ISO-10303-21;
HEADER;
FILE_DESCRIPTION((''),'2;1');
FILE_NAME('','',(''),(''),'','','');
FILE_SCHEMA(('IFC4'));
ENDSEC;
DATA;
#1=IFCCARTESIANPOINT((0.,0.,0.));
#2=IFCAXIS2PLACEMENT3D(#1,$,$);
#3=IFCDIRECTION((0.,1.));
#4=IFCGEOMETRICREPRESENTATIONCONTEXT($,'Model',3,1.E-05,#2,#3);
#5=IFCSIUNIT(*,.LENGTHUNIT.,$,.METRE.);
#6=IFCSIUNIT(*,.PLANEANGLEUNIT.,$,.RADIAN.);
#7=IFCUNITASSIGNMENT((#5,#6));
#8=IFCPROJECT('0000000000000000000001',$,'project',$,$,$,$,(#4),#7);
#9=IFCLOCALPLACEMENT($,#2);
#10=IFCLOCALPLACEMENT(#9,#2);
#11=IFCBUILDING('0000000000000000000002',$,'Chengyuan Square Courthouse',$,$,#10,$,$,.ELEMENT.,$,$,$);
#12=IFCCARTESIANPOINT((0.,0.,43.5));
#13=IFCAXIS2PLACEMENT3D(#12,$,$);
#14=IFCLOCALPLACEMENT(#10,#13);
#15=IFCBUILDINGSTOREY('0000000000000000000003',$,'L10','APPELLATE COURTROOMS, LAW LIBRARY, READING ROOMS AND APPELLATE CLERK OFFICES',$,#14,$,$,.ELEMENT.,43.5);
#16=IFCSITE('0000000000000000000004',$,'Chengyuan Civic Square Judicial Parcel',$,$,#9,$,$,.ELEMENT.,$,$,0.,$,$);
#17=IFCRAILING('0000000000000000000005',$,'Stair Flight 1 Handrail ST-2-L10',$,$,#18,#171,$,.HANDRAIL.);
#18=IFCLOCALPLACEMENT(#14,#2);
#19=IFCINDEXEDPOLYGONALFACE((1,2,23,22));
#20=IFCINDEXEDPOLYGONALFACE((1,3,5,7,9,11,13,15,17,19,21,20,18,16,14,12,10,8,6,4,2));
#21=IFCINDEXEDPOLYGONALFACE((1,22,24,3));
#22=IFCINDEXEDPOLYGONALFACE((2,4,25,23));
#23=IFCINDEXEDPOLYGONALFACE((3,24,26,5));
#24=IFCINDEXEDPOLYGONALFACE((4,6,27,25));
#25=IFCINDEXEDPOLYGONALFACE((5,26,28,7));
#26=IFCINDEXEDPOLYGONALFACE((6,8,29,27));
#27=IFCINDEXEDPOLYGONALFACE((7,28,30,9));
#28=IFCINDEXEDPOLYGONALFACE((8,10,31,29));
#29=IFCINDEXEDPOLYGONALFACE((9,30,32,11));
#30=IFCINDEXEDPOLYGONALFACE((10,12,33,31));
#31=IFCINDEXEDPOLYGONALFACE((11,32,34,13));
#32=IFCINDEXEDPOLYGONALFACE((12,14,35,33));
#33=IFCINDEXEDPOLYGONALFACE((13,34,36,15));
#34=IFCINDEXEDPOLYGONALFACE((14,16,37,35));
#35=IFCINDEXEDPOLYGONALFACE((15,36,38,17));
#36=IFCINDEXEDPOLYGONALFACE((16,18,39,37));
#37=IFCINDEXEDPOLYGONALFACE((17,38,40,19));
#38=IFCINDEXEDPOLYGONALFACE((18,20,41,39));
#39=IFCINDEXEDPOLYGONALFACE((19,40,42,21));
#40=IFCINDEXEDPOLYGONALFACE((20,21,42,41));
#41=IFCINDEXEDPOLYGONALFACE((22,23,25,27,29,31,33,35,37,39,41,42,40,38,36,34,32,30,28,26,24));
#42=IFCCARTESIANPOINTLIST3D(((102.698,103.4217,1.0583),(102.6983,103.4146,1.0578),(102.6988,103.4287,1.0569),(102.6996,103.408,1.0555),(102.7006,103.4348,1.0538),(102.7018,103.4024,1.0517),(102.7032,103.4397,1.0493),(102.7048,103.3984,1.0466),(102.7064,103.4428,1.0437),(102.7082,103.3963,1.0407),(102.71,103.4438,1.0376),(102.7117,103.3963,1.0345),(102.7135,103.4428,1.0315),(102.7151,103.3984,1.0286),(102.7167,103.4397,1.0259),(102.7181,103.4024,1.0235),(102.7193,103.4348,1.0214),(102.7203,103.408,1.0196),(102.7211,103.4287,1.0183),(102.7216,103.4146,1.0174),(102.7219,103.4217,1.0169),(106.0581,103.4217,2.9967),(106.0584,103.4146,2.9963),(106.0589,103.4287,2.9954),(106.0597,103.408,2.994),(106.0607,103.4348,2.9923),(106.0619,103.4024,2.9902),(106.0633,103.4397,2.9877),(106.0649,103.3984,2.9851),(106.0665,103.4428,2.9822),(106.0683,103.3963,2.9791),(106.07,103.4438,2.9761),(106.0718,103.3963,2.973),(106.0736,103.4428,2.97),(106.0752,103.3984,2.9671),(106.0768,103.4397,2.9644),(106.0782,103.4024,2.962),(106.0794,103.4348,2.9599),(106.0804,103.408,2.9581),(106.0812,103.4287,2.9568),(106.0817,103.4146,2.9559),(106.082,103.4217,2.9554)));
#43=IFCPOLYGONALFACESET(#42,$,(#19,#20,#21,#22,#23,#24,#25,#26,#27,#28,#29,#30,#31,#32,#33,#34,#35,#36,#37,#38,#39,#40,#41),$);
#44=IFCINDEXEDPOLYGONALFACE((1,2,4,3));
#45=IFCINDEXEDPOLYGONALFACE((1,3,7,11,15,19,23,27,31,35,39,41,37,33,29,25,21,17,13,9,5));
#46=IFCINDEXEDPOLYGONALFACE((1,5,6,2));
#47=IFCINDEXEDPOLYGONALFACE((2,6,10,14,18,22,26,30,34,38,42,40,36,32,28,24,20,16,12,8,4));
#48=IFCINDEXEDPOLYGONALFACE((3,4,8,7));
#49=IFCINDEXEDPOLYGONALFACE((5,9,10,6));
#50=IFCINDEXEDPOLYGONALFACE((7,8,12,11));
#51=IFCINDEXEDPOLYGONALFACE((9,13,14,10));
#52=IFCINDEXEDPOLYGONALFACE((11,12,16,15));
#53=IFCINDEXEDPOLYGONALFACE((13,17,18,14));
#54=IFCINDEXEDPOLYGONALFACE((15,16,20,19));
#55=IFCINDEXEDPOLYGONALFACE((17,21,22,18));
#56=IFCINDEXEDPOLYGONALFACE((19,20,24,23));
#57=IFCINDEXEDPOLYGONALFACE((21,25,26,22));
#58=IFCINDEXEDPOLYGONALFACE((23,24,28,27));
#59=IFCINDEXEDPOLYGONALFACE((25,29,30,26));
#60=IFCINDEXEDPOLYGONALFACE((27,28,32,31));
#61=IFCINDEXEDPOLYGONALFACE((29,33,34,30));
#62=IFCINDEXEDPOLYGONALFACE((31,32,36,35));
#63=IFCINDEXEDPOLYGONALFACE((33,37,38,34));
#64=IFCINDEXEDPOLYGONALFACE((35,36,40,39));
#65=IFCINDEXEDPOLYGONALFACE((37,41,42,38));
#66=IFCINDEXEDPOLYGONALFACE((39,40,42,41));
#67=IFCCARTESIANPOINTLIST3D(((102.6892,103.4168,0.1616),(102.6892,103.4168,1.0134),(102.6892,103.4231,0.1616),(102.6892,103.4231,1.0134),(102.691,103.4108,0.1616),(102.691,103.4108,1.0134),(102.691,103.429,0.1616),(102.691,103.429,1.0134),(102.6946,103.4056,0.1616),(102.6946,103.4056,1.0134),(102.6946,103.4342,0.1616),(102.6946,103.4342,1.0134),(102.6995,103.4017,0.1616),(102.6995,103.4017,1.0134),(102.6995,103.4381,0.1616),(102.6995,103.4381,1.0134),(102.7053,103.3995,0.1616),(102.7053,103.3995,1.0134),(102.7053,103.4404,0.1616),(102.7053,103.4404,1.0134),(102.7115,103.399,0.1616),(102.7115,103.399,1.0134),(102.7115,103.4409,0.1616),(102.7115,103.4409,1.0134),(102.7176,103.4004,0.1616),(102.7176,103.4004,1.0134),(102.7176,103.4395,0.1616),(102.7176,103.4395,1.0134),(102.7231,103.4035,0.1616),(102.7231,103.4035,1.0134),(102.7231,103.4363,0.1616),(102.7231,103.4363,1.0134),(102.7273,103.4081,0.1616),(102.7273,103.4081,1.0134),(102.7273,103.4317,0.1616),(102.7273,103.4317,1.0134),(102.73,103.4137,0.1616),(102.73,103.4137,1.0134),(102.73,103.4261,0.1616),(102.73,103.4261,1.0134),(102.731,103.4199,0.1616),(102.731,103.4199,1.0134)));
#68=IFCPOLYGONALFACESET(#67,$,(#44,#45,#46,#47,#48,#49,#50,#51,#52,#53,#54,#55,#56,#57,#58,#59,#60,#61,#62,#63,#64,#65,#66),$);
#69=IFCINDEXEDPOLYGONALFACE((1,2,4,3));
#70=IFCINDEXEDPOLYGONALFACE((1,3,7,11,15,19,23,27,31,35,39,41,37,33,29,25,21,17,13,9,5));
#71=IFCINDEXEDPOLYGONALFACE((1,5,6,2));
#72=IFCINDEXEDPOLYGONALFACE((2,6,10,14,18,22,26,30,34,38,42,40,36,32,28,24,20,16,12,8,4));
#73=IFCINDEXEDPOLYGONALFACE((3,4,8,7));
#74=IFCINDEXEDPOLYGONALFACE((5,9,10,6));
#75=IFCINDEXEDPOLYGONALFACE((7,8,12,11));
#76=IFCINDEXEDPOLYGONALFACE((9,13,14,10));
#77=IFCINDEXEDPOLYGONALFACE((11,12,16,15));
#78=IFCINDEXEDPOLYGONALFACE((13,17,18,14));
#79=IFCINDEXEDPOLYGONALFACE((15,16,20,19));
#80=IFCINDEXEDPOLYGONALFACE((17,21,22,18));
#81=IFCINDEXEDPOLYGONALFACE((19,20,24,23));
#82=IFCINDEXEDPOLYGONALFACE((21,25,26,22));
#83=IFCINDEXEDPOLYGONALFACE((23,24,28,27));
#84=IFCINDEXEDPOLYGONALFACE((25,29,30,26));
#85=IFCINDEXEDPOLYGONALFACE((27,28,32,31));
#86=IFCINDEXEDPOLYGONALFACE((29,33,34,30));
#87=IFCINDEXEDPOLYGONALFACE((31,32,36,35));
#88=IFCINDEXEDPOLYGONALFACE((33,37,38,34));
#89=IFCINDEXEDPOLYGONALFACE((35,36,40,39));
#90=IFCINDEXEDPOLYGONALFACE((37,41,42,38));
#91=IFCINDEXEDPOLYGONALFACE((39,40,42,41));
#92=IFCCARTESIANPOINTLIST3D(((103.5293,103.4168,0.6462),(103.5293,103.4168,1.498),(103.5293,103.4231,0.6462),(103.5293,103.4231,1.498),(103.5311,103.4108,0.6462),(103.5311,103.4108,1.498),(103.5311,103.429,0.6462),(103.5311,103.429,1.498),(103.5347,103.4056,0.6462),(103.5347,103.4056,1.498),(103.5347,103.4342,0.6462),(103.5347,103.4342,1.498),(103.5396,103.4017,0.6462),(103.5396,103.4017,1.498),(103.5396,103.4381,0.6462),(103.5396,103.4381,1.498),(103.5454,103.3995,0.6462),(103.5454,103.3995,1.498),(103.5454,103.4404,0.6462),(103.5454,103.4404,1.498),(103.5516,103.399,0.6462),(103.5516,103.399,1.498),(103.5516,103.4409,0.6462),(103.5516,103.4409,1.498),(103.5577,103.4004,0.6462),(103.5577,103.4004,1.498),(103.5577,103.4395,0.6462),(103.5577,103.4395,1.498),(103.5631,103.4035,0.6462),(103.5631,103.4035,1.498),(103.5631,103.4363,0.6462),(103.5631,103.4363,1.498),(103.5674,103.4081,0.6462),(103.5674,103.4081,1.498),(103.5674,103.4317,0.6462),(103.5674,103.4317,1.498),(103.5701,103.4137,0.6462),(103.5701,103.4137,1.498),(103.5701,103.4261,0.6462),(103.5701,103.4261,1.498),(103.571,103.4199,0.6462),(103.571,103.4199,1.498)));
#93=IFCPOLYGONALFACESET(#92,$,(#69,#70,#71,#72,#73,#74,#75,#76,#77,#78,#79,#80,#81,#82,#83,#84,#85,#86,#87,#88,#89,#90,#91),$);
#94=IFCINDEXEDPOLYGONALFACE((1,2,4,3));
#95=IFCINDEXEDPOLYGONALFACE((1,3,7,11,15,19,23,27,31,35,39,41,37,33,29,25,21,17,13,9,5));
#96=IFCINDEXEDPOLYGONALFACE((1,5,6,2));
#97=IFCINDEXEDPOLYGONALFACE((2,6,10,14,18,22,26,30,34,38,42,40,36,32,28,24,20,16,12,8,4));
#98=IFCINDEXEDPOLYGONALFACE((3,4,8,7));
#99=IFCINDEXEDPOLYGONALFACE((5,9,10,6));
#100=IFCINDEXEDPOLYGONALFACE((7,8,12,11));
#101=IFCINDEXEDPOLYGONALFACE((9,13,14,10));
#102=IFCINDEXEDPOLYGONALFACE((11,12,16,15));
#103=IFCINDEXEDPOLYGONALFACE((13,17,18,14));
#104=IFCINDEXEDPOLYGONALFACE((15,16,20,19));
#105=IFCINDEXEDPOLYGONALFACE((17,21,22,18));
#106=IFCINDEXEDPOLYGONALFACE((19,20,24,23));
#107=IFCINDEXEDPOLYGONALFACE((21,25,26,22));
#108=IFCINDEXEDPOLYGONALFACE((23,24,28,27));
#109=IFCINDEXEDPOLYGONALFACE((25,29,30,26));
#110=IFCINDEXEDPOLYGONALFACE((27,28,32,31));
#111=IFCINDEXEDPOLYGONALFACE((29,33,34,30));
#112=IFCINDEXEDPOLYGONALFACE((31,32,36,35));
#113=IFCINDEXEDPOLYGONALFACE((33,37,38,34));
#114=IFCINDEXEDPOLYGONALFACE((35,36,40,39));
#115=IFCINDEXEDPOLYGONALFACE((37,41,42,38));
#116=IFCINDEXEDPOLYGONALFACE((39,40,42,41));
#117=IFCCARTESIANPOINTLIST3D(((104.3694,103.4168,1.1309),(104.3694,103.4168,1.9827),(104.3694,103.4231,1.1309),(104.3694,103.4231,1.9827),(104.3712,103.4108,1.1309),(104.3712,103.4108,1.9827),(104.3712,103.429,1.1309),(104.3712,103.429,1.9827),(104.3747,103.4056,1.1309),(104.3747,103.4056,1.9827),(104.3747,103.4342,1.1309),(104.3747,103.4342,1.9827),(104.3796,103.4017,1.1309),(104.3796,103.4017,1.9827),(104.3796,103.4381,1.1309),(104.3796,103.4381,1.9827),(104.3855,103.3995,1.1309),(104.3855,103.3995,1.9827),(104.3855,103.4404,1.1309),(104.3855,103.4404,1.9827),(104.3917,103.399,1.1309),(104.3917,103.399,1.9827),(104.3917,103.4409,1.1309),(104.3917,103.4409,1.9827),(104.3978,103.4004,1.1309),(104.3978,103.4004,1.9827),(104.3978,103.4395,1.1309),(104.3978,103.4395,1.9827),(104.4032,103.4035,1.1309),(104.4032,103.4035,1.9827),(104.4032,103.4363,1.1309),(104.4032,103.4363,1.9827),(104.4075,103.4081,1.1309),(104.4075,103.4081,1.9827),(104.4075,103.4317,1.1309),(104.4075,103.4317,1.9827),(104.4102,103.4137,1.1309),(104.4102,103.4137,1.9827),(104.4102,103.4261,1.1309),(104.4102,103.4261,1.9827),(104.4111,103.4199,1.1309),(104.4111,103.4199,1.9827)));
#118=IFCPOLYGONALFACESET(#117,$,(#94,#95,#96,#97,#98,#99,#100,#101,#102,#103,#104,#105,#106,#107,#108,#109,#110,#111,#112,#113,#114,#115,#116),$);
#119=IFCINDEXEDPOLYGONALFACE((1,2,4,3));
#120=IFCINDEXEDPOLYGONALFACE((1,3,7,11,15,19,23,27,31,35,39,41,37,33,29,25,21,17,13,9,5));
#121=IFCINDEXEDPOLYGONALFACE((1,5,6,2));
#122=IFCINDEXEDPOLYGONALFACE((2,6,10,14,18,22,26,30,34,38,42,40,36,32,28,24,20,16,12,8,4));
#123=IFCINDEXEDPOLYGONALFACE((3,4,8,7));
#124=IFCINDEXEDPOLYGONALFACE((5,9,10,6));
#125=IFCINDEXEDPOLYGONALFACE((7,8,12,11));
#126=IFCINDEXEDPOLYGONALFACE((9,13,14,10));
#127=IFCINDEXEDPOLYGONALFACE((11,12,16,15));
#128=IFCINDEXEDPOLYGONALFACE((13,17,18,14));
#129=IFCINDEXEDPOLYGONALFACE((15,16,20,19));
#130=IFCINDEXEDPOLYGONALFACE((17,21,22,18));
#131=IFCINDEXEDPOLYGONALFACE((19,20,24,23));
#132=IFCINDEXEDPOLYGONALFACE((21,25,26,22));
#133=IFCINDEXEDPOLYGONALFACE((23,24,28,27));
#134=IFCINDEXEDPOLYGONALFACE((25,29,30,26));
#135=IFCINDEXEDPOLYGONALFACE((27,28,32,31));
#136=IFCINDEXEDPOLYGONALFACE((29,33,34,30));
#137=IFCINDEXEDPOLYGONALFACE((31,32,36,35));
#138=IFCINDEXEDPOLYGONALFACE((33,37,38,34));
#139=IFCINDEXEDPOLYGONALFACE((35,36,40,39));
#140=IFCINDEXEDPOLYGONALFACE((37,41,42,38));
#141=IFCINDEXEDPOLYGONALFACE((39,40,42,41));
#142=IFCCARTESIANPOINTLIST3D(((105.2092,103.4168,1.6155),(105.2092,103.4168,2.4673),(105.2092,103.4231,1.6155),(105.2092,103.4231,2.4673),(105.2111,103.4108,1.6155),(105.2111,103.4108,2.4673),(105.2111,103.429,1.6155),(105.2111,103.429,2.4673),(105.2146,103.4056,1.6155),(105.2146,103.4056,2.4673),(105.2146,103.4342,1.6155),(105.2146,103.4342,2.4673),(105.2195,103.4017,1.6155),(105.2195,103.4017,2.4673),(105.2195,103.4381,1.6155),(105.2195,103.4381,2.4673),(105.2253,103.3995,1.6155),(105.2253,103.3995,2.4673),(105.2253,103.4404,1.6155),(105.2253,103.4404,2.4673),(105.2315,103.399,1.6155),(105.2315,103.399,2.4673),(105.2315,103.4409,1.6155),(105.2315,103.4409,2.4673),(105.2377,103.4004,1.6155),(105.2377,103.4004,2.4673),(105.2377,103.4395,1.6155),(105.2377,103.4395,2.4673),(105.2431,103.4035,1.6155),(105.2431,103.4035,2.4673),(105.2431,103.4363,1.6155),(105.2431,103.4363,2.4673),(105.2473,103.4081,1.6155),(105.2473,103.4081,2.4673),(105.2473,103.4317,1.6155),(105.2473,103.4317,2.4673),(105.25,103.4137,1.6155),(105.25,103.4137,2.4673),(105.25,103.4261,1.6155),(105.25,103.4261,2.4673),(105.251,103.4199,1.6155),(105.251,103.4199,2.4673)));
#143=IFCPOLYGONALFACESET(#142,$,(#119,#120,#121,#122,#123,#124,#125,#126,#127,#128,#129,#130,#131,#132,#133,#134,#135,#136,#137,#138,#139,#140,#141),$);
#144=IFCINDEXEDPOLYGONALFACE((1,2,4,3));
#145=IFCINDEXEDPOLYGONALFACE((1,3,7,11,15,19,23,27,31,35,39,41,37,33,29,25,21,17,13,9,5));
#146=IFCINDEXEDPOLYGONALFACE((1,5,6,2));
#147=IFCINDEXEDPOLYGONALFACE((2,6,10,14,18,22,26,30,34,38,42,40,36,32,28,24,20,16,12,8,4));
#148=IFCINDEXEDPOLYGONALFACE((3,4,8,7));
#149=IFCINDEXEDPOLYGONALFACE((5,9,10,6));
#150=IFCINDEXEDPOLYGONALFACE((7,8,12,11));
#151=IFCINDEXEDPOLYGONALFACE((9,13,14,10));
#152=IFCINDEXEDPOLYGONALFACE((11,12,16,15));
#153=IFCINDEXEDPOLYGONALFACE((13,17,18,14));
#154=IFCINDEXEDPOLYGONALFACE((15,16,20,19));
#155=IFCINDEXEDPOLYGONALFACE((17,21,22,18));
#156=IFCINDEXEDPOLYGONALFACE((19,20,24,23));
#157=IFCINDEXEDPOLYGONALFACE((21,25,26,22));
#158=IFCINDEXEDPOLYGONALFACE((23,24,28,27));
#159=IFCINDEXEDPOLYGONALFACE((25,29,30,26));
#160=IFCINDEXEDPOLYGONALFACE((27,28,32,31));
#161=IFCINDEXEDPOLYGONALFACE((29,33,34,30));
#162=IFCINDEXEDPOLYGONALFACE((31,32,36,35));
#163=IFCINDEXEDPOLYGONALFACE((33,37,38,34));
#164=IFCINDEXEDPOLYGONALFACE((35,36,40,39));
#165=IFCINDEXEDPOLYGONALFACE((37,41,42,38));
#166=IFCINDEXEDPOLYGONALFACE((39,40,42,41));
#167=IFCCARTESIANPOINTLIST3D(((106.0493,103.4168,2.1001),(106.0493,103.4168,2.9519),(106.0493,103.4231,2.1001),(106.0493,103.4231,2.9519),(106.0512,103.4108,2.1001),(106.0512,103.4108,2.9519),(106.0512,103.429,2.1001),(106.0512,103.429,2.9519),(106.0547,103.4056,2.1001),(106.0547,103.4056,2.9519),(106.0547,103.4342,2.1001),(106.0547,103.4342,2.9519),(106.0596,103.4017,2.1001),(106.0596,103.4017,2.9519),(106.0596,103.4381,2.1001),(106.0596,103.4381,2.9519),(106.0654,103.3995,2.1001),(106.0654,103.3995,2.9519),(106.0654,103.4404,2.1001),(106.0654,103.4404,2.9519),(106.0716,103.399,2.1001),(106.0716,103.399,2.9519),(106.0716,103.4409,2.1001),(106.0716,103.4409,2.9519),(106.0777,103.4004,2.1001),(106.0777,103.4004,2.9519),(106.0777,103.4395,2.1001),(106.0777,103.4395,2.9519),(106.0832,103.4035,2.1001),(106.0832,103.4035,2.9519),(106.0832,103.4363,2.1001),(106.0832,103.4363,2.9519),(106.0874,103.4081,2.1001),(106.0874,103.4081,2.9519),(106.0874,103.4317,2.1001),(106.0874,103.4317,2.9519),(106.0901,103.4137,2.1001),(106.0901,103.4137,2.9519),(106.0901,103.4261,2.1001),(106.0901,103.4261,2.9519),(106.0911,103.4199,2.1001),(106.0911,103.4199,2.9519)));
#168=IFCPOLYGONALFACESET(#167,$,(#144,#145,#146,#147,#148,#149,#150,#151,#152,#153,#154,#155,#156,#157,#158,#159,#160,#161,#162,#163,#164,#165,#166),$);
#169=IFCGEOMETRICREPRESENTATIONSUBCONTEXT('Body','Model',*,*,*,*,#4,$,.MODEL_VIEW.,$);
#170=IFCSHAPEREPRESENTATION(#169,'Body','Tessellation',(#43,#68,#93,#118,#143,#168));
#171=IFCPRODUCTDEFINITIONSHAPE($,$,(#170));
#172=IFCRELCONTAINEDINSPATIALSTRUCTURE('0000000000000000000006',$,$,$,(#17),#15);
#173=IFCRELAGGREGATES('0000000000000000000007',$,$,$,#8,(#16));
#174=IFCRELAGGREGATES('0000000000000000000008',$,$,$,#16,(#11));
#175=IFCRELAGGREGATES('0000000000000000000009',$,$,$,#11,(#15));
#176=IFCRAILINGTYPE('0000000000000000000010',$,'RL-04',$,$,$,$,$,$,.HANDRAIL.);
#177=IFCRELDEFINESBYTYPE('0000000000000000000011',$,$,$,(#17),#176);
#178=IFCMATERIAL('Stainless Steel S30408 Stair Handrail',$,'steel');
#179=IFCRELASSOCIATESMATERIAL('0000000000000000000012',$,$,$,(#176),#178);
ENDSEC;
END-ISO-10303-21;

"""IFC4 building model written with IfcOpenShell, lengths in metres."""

from ifc_helpers import new_model, si_unit, direction, frame, origin, origin_2d, place, context, subcontext, project, spatial, circle, extrude, material, type_object, element, save


model = new_model("IFC4")

# Units and contexts
model_context = context("Model", 3, precision=1e-05, world=origin(), true_north=direction((0.0, 1.0)))
body_context = subcontext(model_context, "Body", "Model", "MODEL_VIEW")
ifc_project = project(units=[si_unit("LENGTHUNIT", "METRE"), si_unit("PLANEANGLEUNIT", "RADIAN")], contexts=[model_context])

# Site, building, storey
site_placement = place(None, origin())
site = spatial("IfcSite", under=ifc_project, at=site_placement, Name="Chengyuan Civic Square Judicial Parcel", CompositionType="ELEMENT", RefElevation=0.0)
building_placement = place(site_placement, origin())
building = spatial("IfcBuilding", under=site, at=building_placement, Name="Chengyuan Square Courthouse", CompositionType="ELEMENT")
storey_placement = place(building_placement, frame((0.0, 0.0, 43.5)))
storey = spatial("IfcBuildingStorey", under=building, at=storey_placement, Name="L10", Description="APPELLATE COURTROOMS, LAW LIBRARY, READING ROOMS AND APPELLATE CLERK OFFICES", CompositionType="ELEMENT", Elevation=43.5)

# Railing
ifc_material_1 = material(Name="Stainless Steel S30408 Stair Handrail", Category="steel")
railing_type_1 = type_object("IfcRailingType", Name="RL-04", PredefinedType="HANDRAIL", material=ifc_material_1)
railing_1_placement = place(storey_placement, frame((102.71, 103.4199, 0.1616)))
element("IfcRailing", 1, at=railing_1_placement, inside=storey, type_object=railing_type_1, Name="Stair Flight 1 Handrail ST-2-L10", PredefinedType="HANDRAIL", context=body_context, shape_type="SweptSolid", body=[
    extrude(circle(Radius=0.0239, at=origin_2d()), frame((0.0, 0.0, 0.876), z_axis=(0.866191, 0.0, 0.499713), x_axis=(0.0, 1.0, 0.0)), (0.0, 0.0, 1.0), 3.8792),
    extrude(circle(Radius=0.021, at=origin_2d()), origin(), (0.0, 0.0, 1.0), 0.8518),
    extrude(circle(Radius=0.021, at=origin_2d()), frame((0.8401, 0.0, 0.4846)), (0.0, 0.0, 1.0), 0.8518),
    extrude(circle(Radius=0.021, at=origin_2d()), frame((1.6802, 0.0, 0.9692)), (0.0, 0.0, 1.0), 0.8518),
    extrude(circle(Radius=0.021, at=origin_2d()), frame((2.52, 0.0, 1.4539)), (0.0, 0.0, 1.0), 0.8518),
    extrude(circle(Radius=0.021, at=origin_2d()), frame((3.3601, 0.0, 1.9385)), (0.0, 0.0, 1.0), 0.8518),
])

save(model, "model.ifc")
